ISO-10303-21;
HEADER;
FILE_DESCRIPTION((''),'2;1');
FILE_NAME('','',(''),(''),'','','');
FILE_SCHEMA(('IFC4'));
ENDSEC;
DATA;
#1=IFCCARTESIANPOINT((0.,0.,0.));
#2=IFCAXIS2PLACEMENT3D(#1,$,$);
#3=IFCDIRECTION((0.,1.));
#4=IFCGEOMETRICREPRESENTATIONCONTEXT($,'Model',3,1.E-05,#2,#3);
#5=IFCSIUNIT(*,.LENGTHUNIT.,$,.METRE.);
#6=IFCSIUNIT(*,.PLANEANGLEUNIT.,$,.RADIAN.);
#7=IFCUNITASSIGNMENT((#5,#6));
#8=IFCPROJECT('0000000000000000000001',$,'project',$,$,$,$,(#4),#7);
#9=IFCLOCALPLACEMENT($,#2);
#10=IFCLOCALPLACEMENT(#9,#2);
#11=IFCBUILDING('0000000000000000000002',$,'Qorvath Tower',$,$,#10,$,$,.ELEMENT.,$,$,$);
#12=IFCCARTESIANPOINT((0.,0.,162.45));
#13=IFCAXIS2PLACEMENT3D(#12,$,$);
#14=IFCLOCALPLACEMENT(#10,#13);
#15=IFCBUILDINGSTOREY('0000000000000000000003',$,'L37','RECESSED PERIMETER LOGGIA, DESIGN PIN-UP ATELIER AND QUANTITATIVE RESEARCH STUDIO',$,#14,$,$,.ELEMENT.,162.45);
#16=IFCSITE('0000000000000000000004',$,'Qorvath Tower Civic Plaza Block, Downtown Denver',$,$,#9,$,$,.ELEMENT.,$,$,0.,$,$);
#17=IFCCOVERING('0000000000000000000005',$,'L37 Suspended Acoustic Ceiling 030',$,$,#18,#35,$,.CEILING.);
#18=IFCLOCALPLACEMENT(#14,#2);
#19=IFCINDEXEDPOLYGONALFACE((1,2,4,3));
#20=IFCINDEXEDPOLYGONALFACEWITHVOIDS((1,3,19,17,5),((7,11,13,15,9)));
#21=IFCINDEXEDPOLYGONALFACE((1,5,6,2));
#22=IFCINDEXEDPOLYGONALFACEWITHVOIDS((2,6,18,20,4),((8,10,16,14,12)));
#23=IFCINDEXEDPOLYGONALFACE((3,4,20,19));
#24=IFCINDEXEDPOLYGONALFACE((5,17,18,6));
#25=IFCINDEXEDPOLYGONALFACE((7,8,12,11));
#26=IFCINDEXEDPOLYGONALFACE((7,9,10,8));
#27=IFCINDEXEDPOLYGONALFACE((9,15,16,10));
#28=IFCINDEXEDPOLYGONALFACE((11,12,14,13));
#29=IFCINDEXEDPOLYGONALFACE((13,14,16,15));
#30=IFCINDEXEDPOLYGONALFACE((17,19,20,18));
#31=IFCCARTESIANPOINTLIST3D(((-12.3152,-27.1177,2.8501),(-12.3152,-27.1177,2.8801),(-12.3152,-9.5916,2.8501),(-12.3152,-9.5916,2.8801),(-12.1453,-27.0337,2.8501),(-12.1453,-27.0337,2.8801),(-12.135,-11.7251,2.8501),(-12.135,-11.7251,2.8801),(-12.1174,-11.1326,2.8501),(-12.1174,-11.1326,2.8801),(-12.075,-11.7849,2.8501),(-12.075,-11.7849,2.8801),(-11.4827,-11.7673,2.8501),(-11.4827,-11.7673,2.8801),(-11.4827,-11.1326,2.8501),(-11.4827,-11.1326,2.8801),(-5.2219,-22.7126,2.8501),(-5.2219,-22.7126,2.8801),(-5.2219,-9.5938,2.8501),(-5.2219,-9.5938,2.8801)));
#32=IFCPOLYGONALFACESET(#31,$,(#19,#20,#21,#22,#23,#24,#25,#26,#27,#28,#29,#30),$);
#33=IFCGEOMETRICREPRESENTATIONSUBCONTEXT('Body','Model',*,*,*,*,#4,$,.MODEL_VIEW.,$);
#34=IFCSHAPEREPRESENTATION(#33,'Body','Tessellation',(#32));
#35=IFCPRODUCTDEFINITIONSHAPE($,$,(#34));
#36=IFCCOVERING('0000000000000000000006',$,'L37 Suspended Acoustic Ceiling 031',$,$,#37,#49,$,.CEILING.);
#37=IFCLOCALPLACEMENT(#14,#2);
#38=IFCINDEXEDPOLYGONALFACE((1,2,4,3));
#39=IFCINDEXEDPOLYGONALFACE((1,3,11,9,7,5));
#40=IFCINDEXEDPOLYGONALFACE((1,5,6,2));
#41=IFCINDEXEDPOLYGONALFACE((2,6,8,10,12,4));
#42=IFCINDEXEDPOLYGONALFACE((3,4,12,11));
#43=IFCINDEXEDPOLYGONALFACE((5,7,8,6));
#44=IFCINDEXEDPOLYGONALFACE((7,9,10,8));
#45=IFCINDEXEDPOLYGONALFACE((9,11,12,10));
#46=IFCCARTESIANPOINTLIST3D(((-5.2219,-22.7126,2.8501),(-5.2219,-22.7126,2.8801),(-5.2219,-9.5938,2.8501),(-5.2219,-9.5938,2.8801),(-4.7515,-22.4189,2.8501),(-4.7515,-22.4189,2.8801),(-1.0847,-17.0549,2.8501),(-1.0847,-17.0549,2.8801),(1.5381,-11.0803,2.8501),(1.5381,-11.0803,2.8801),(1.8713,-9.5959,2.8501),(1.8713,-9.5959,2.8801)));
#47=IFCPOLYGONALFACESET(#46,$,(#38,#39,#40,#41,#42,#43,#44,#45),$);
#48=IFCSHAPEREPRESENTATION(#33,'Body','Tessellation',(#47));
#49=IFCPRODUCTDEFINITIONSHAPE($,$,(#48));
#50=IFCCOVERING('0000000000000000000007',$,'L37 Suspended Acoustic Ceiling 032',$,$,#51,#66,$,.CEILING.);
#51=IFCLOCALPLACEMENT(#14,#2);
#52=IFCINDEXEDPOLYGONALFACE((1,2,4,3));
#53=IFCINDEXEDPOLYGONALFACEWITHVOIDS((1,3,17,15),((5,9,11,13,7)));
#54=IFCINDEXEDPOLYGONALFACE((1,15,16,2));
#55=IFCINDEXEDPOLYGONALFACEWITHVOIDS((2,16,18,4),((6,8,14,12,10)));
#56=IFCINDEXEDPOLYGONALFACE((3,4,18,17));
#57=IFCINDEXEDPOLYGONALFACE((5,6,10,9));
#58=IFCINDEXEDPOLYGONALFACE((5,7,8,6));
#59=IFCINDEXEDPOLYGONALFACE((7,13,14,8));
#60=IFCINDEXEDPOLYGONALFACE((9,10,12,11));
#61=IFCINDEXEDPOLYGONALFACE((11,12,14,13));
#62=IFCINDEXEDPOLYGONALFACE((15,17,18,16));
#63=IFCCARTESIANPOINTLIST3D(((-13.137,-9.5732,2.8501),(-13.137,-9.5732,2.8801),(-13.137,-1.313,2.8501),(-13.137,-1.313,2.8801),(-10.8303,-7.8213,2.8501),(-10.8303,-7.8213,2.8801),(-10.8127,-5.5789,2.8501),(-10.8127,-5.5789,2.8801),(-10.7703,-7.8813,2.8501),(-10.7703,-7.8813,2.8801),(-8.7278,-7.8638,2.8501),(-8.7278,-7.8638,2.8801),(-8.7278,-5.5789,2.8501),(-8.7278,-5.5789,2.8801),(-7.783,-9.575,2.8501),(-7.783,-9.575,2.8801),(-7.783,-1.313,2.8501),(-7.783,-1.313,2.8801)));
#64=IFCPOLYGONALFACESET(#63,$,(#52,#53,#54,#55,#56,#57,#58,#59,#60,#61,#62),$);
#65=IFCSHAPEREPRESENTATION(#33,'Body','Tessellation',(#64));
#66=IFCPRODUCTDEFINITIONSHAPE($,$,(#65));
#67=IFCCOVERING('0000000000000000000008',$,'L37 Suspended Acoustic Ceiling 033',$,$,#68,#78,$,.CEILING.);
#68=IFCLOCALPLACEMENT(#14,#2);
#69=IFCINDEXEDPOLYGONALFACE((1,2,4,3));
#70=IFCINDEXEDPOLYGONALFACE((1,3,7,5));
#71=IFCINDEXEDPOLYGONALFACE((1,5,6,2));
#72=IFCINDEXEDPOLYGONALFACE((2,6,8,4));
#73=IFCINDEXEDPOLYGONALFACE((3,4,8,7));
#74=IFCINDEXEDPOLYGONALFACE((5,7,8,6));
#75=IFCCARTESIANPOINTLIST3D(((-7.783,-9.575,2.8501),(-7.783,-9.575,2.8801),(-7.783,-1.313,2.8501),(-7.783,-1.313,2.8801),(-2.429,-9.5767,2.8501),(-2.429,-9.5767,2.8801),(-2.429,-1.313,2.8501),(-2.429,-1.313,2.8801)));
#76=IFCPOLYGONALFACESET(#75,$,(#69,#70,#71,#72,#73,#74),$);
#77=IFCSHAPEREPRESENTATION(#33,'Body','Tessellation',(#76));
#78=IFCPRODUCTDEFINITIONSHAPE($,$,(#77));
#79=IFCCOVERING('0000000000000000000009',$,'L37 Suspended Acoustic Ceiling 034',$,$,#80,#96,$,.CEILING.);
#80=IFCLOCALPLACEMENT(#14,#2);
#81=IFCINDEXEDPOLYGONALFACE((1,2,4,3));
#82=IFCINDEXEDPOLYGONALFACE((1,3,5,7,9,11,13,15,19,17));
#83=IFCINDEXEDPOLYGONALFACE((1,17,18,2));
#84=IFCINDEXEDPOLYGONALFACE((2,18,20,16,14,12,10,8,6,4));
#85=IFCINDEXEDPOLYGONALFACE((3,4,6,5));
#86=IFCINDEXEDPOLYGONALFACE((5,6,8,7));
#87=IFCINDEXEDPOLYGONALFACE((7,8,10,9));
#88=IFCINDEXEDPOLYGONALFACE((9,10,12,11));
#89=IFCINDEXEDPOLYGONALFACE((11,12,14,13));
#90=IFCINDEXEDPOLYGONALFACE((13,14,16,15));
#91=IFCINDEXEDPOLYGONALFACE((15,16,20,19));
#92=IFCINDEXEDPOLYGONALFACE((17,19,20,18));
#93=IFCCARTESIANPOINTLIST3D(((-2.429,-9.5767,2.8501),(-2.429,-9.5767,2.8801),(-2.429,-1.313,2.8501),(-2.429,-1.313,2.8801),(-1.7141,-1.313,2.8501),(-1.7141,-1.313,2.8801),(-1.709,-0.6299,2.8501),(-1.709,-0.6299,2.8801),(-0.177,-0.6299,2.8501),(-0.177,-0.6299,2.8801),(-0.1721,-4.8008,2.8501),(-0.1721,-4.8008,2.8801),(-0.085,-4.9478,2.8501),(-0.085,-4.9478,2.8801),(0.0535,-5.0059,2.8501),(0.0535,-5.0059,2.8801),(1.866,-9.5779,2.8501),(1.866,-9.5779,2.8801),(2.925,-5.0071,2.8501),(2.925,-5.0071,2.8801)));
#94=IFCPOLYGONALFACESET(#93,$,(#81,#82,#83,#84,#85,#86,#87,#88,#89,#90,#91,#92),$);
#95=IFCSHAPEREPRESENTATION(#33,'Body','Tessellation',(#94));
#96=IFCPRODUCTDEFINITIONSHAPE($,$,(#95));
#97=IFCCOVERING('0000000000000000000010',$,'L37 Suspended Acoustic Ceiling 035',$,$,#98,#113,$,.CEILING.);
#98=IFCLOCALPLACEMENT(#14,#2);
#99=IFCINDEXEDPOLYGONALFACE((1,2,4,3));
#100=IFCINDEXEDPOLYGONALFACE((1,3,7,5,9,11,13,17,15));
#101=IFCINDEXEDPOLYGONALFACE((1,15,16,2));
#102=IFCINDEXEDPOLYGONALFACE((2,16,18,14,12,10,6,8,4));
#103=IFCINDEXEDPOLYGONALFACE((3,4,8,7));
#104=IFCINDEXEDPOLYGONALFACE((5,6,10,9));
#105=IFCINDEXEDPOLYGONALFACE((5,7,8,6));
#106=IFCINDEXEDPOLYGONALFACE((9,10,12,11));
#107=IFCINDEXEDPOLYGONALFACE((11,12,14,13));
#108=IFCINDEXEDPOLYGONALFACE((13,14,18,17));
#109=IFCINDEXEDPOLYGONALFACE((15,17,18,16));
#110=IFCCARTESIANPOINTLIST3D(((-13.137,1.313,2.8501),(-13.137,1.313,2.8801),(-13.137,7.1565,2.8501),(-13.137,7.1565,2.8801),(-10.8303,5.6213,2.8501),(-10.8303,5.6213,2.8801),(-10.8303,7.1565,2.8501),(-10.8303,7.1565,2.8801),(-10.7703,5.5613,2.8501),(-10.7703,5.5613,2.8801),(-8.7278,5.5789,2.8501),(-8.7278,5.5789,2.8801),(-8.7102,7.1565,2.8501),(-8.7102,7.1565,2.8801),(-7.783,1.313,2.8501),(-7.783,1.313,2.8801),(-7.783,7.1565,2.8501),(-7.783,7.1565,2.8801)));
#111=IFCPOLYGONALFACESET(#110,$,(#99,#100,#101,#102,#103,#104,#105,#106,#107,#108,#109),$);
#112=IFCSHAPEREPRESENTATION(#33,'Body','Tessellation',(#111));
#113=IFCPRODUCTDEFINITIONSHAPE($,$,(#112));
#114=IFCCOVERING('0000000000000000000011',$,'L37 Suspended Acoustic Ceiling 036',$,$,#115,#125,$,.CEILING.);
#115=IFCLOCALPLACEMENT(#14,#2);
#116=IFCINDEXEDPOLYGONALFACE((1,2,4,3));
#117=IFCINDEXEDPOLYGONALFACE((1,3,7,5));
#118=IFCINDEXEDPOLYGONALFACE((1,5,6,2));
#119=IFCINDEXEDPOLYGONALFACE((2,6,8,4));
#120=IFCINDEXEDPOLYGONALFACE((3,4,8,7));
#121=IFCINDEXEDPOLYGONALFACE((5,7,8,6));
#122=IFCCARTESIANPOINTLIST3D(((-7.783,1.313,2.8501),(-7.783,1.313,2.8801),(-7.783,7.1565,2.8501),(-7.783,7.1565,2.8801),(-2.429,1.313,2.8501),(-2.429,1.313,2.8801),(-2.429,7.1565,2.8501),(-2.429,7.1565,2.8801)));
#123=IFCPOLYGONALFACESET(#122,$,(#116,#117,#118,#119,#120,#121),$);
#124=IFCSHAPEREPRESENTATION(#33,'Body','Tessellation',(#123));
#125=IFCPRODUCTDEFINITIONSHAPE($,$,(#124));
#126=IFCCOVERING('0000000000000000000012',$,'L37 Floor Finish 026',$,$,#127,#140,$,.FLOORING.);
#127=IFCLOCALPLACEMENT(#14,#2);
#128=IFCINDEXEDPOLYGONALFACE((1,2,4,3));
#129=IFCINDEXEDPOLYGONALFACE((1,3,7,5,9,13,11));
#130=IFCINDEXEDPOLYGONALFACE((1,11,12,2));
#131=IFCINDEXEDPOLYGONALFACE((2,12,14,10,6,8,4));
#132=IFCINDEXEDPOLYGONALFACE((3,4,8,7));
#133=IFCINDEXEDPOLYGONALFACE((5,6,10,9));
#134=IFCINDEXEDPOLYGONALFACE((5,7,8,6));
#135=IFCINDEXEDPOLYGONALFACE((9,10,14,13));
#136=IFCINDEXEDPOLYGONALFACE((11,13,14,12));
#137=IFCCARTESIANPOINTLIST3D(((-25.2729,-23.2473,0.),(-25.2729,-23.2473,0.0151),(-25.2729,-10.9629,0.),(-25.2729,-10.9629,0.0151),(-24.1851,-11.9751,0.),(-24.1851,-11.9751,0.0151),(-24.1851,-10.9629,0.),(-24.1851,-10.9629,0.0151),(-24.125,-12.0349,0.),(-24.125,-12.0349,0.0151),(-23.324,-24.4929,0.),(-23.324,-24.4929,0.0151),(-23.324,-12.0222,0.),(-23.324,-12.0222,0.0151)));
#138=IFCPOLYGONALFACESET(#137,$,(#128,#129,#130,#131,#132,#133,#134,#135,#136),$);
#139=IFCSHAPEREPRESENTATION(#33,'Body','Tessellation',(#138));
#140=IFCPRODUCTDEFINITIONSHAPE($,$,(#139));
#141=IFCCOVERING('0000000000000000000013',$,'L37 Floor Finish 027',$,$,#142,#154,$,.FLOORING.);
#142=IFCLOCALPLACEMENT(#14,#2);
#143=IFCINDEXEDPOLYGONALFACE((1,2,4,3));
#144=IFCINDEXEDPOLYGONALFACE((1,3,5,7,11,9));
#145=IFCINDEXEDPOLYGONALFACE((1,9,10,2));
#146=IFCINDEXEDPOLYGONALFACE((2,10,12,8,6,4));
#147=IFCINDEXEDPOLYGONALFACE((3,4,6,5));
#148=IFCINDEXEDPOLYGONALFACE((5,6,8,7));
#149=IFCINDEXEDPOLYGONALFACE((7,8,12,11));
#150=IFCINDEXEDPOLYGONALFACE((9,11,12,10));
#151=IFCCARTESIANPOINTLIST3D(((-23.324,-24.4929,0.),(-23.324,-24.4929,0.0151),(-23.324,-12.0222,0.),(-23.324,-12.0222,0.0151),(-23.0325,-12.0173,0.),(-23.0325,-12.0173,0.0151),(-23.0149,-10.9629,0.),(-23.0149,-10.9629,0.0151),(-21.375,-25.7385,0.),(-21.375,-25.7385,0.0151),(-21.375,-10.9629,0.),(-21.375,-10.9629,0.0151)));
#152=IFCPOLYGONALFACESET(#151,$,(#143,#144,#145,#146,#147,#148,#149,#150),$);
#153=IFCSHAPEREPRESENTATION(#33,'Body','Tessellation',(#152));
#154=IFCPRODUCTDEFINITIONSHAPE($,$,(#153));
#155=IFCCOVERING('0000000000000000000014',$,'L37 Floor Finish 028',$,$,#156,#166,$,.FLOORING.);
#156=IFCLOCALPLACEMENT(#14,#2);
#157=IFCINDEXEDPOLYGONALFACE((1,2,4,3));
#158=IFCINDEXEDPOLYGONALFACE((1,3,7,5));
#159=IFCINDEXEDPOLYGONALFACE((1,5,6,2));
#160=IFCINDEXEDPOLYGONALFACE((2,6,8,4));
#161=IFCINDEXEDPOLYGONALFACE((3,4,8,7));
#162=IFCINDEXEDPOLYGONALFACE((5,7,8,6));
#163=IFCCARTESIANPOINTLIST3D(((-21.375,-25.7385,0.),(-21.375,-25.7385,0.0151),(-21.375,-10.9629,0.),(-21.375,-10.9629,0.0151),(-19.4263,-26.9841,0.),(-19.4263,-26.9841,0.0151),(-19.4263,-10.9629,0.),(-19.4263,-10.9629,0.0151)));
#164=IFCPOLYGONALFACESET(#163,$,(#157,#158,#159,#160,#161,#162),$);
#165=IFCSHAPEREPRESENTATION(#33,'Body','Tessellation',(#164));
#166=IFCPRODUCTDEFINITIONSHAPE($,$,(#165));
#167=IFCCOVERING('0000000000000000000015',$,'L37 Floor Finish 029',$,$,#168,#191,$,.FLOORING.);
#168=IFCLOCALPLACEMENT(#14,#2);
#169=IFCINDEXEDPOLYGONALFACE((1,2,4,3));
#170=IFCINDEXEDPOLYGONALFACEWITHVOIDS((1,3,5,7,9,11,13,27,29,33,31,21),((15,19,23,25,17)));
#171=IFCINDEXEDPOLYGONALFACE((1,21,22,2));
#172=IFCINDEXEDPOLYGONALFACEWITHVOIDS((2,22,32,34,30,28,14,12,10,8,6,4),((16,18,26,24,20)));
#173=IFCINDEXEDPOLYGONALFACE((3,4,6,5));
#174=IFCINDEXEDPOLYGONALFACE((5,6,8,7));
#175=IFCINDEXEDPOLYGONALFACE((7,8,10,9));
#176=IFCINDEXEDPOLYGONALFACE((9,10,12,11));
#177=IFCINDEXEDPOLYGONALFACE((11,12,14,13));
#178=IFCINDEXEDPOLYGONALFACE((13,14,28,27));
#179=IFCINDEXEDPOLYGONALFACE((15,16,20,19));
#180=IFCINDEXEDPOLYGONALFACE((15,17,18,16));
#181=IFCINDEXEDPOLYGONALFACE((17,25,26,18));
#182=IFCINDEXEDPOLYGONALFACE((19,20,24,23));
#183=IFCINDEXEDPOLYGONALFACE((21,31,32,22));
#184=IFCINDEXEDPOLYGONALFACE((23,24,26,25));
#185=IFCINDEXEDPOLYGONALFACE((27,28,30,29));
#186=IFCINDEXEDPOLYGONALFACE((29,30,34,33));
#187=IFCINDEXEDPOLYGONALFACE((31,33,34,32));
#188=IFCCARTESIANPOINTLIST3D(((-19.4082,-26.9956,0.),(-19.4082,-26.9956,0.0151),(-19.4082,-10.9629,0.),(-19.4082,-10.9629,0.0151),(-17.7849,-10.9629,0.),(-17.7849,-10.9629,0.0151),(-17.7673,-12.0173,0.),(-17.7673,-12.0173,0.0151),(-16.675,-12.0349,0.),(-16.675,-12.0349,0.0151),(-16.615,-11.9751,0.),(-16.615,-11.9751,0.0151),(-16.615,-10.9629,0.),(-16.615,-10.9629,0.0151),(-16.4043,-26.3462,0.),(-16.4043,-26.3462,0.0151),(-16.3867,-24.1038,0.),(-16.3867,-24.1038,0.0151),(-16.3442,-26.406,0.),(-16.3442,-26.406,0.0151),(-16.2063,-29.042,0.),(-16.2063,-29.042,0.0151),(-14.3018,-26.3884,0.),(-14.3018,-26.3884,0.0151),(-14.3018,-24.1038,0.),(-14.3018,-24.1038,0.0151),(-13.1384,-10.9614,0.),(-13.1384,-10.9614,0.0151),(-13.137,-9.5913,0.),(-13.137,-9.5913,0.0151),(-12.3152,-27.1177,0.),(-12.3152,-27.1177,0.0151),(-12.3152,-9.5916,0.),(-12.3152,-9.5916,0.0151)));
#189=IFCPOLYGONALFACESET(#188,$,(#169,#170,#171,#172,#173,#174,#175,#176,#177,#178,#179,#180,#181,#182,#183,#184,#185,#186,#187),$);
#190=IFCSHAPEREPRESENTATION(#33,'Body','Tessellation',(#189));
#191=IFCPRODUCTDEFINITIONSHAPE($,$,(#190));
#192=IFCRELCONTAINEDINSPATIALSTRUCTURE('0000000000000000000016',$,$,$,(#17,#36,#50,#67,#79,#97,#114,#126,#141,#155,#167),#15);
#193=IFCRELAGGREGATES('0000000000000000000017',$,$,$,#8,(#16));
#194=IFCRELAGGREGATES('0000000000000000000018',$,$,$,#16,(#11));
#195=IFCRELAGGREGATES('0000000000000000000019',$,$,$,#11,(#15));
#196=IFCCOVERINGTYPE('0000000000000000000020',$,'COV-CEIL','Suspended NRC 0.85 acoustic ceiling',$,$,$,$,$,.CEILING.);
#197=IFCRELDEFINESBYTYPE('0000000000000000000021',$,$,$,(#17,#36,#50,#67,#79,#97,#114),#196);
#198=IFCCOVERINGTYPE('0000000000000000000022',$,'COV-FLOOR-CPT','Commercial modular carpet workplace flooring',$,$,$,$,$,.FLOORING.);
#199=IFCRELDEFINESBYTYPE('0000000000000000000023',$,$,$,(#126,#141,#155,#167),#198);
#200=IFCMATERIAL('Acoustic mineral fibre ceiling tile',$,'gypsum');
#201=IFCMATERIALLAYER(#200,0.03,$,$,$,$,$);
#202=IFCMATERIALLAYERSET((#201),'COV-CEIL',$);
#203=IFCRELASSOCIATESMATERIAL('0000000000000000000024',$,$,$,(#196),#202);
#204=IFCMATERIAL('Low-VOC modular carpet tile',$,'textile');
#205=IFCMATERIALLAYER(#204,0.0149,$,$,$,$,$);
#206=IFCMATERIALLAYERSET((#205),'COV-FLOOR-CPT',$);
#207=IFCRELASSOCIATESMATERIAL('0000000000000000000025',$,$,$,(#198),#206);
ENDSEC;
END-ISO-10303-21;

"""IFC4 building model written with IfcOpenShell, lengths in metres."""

from ifc_helpers import new_model, si_unit, direction, frame, origin, place, context, subcontext, project, spatial, polyline, outline, extrude, material, layer, layer_set, type_object, element, save


model = new_model("IFC4")

# Units and contexts
model_context = context("Model", 3, precision=1e-05, world=origin(), true_north=direction((0.0, 1.0)))
body_context = subcontext(model_context, "Body", "Model", "MODEL_VIEW")
ifc_project = project(units=[si_unit("LENGTHUNIT", "METRE"), si_unit("PLANEANGLEUNIT", "RADIAN")], contexts=[model_context])

# Site, building, storey
site_placement = place(None, origin())
site = spatial("IfcSite", under=ifc_project, at=site_placement, Name="Qorvath Tower Civic Plaza Block, Downtown Denver", CompositionType="ELEMENT", RefElevation=0.0)
building_placement = place(site_placement, origin())
building = spatial("IfcBuilding", under=site, at=building_placement, Name="Qorvath Tower", CompositionType="ELEMENT")
storey_placement = place(building_placement, frame((0.0, 0.0, 162.45)))
storey = spatial("IfcBuildingStorey", under=building, at=storey_placement, Name="L37", Description="RECESSED PERIMETER LOGGIA, DESIGN PIN-UP ATELIER AND QUANTITATIVE RESEARCH STUDIO", CompositionType="ELEMENT", Elevation=162.45)

# Coverings
ifc_material_1 = material(Name="Acoustic mineral fibre ceiling tile", Category="gypsum")
ifc_layer_1 = layer(ifc_material_1, 0.03)
ifc_layer_set_1 = layer_set([ifc_layer_1], Name="COV-CEIL")
covering_type_1 = type_object("IfcCoveringType", Name="COV-CEIL", Description="Suspended NRC 0.85 acoustic ceiling", PredefinedType="CEILING", material=ifc_layer_set_1)
covering_1_placement = place(storey_placement, frame((0.0, 0.0, 2.8501)))
element("IfcCovering", 1, at=covering_1_placement, inside=storey, type_object=covering_type_1, Name="L37 Suspended Acoustic Ceiling 030", PredefinedType="CEILING", context=body_context, shape_type="SweptSolid", body=[
    extrude(outline(polyline([(-12.3152, -9.5916), (-12.3152, -27.1177), (-12.1453, -27.0337), (-5.2219, -22.7126), (-5.2219, -9.5938), (-12.3152, -9.5916)]), holes=[polyline([(-12.135, -11.7251), (-12.1174, -11.1326), (-11.4827, -11.1326), (-11.4827, -11.7673), (-12.075, -11.7849), (-12.135, -11.7251)])]), origin(), (0.0, 0.0, 1.0), 0.03),
])
covering_2_placement = place(storey_placement, frame((0.0, 0.0, 2.8501)))
element("IfcCovering", 2, at=covering_2_placement, inside=storey, type_object=covering_type_1, Name="L37 Suspended Acoustic Ceiling 031", PredefinedType="CEILING", context=body_context, shape_type="SweptSolid", body=[
    extrude(outline(polyline([(-5.2219, -9.5938), (-5.2219, -22.7126), (-4.7515, -22.4189), (-1.0847, -17.0549), (1.5381, -11.0803), (1.8713, -9.5959), (-5.2219, -9.5938)])), origin(), (0.0, 0.0, 1.0), 0.03),
])
covering_3_placement = place(storey_placement, frame((0.0, 0.0, 2.8501)))
element("IfcCovering", 3, at=covering_3_placement, inside=storey, type_object=covering_type_1, Name="L37 Suspended Acoustic Ceiling 032", PredefinedType="CEILING", context=body_context, shape_type="SweptSolid", body=[
    extrude(outline(polyline([(-7.783, -9.575), (-7.783, -1.313), (-13.137, -1.313), (-13.137, -9.5732), (-7.783, -9.575)]), holes=[polyline([(-10.8303, -7.8213), (-10.8127, -5.5789), (-8.7278, -5.5789), (-8.7278, -7.8638), (-10.7703, -7.8813), (-10.8303, -7.8213)])]), origin(), (0.0, 0.0, 1.0), 0.03),
])
covering_4_placement = place(storey_placement, frame((0.0, 0.0, 2.8501)))
element("IfcCovering", 4, at=covering_4_placement, inside=storey, type_object=covering_type_1, Name="L37 Suspended Acoustic Ceiling 033", PredefinedType="CEILING", context=body_context, shape_type="SweptSolid", body=[
    extrude(outline(polyline([(-2.429, -9.5767), (-2.429, -1.313), (-7.783, -1.313), (-7.783, -9.575), (-2.429, -9.5767)])), origin(), (0.0, 0.0, 1.0), 0.03),
])
covering_5_placement = place(storey_placement, frame((0.0, 0.0, 2.8501)))
element("IfcCovering", 5, at=covering_5_placement, inside=storey, type_object=covering_type_1, Name="L37 Suspended Acoustic Ceiling 034", PredefinedType="CEILING", context=body_context, shape_type="SweptSolid", body=[
    extrude(outline(polyline([(-0.085, -4.9478), (-0.1721, -4.8008), (-0.177, -0.6299), (-1.709, -0.6299), (-1.7141, -1.313), (-2.429, -1.313), (-2.429, -9.5767), (1.866, -9.5779), (2.925, -5.0071), (0.0535, -5.0059), (-0.085, -4.9478)])), origin(), (0.0, 0.0, 1.0), 0.03),
])
covering_6_placement = place(storey_placement, frame((0.0, 0.0, 2.8501)))
element("IfcCovering", 6, at=covering_6_placement, inside=storey, type_object=covering_type_1, Name="L37 Suspended Acoustic Ceiling 035", PredefinedType="CEILING", context=body_context, shape_type="SweptSolid", body=[
    extrude(outline(polyline([(-7.783, 1.313), (-7.783, 7.1565), (-8.7102, 7.1565), (-8.7278, 5.5789), (-10.7703, 5.5613), (-10.8303, 5.6213), (-10.8303, 7.1565), (-13.137, 7.1565), (-13.137, 1.313), (-7.783, 1.313)])), origin(), (0.0, 0.0, 1.0), 0.03),
])
covering_7_placement = place(storey_placement, frame((0.0, 0.0, 2.8501)))
element("IfcCovering", 7, at=covering_7_placement, inside=storey, type_object=covering_type_1, Name="L37 Suspended Acoustic Ceiling 036", PredefinedType="CEILING", context=body_context, shape_type="SweptSolid", body=[
    extrude(outline(polyline([(-2.429, 1.313), (-2.429, 7.1565), (-7.783, 7.1565), (-7.783, 1.313), (-2.429, 1.313)])), origin(), (0.0, 0.0, 1.0), 0.03),
])
ifc_material_2 = material(Name="Low-VOC modular carpet tile", Category="textile")
ifc_layer_2 = layer(ifc_material_2, 0.0149)
ifc_layer_set_2 = layer_set([ifc_layer_2], Name="COV-FLOOR-CPT")
covering_type_2 = type_object("IfcCoveringType", Name="COV-FLOOR-CPT", Description="Commercial modular carpet workplace flooring", PredefinedType="FLOORING", material=ifc_layer_set_2)
covering_8_placement = place(storey_placement, origin())
element("IfcCovering", 8, at=covering_8_placement, inside=storey, type_object=covering_type_2, Name="L37 Floor Finish 026", PredefinedType="FLOORING", context=body_context, shape_type="SweptSolid", body=[
    extrude(outline(polyline([(-23.324, -24.4929), (-23.324, -12.0222), (-24.125, -12.0349), (-24.1851, -11.9751), (-24.1851, -10.9629), (-25.2729, -10.9629), (-25.2729, -23.2473), (-23.324, -24.4929)])), origin(), (0.0, 0.0, 1.0), 0.0151),
])
covering_9_placement = place(storey_placement, origin())
element("IfcCovering", 9, at=covering_9_placement, inside=storey, type_object=covering_type_2, Name="L37 Floor Finish 027", PredefinedType="FLOORING", context=body_context, shape_type="SweptSolid", body=[
    extrude(outline(polyline([(-21.375, -25.7385), (-21.375, -10.9629), (-23.0149, -10.9629), (-23.0325, -12.0173), (-23.324, -12.0222), (-23.324, -24.4929), (-21.375, -25.7385)])), origin(), (0.0, 0.0, 1.0), 0.0151),
])
covering_10_placement = place(storey_placement, origin())
element("IfcCovering", 10, at=covering_10_placement, inside=storey, type_object=covering_type_2, Name="L37 Floor Finish 028", PredefinedType="FLOORING", context=body_context, shape_type="SweptSolid", body=[
    extrude(outline(polyline([(-19.4263, -26.9841), (-19.4263, -10.9629), (-21.375, -10.9629), (-21.375, -25.7385), (-19.4263, -26.9841)])), origin(), (0.0, 0.0, 1.0), 0.0151),
])
covering_11_placement = place(storey_placement, origin())
element("IfcCovering", 11, at=covering_11_placement, inside=storey, type_object=covering_type_2, Name="L37 Floor Finish 029", PredefinedType="FLOORING", context=body_context, shape_type="SweptSolid", body=[
    extrude(outline(polyline([(-19.4082, -26.9956), (-16.2063, -29.042), (-12.3152, -27.1177), (-12.3152, -9.5916), (-13.137, -9.5913), (-13.1384, -10.9614), (-16.615, -10.9629), (-16.615, -11.9751), (-16.675, -12.0349), (-17.7673, -12.0173), (-17.7849, -10.9629), (-19.4082, -10.9629), (-19.4082, -26.9956)]), holes=[polyline([(-16.4043, -26.3462), (-16.3867, -24.1038), (-14.3018, -24.1038), (-14.3018, -26.3884), (-16.3442, -26.406), (-16.4043, -26.3462)])]), origin(), (0.0, 0.0, 1.0), 0.0151),
])

save(model, "model.ifc")
